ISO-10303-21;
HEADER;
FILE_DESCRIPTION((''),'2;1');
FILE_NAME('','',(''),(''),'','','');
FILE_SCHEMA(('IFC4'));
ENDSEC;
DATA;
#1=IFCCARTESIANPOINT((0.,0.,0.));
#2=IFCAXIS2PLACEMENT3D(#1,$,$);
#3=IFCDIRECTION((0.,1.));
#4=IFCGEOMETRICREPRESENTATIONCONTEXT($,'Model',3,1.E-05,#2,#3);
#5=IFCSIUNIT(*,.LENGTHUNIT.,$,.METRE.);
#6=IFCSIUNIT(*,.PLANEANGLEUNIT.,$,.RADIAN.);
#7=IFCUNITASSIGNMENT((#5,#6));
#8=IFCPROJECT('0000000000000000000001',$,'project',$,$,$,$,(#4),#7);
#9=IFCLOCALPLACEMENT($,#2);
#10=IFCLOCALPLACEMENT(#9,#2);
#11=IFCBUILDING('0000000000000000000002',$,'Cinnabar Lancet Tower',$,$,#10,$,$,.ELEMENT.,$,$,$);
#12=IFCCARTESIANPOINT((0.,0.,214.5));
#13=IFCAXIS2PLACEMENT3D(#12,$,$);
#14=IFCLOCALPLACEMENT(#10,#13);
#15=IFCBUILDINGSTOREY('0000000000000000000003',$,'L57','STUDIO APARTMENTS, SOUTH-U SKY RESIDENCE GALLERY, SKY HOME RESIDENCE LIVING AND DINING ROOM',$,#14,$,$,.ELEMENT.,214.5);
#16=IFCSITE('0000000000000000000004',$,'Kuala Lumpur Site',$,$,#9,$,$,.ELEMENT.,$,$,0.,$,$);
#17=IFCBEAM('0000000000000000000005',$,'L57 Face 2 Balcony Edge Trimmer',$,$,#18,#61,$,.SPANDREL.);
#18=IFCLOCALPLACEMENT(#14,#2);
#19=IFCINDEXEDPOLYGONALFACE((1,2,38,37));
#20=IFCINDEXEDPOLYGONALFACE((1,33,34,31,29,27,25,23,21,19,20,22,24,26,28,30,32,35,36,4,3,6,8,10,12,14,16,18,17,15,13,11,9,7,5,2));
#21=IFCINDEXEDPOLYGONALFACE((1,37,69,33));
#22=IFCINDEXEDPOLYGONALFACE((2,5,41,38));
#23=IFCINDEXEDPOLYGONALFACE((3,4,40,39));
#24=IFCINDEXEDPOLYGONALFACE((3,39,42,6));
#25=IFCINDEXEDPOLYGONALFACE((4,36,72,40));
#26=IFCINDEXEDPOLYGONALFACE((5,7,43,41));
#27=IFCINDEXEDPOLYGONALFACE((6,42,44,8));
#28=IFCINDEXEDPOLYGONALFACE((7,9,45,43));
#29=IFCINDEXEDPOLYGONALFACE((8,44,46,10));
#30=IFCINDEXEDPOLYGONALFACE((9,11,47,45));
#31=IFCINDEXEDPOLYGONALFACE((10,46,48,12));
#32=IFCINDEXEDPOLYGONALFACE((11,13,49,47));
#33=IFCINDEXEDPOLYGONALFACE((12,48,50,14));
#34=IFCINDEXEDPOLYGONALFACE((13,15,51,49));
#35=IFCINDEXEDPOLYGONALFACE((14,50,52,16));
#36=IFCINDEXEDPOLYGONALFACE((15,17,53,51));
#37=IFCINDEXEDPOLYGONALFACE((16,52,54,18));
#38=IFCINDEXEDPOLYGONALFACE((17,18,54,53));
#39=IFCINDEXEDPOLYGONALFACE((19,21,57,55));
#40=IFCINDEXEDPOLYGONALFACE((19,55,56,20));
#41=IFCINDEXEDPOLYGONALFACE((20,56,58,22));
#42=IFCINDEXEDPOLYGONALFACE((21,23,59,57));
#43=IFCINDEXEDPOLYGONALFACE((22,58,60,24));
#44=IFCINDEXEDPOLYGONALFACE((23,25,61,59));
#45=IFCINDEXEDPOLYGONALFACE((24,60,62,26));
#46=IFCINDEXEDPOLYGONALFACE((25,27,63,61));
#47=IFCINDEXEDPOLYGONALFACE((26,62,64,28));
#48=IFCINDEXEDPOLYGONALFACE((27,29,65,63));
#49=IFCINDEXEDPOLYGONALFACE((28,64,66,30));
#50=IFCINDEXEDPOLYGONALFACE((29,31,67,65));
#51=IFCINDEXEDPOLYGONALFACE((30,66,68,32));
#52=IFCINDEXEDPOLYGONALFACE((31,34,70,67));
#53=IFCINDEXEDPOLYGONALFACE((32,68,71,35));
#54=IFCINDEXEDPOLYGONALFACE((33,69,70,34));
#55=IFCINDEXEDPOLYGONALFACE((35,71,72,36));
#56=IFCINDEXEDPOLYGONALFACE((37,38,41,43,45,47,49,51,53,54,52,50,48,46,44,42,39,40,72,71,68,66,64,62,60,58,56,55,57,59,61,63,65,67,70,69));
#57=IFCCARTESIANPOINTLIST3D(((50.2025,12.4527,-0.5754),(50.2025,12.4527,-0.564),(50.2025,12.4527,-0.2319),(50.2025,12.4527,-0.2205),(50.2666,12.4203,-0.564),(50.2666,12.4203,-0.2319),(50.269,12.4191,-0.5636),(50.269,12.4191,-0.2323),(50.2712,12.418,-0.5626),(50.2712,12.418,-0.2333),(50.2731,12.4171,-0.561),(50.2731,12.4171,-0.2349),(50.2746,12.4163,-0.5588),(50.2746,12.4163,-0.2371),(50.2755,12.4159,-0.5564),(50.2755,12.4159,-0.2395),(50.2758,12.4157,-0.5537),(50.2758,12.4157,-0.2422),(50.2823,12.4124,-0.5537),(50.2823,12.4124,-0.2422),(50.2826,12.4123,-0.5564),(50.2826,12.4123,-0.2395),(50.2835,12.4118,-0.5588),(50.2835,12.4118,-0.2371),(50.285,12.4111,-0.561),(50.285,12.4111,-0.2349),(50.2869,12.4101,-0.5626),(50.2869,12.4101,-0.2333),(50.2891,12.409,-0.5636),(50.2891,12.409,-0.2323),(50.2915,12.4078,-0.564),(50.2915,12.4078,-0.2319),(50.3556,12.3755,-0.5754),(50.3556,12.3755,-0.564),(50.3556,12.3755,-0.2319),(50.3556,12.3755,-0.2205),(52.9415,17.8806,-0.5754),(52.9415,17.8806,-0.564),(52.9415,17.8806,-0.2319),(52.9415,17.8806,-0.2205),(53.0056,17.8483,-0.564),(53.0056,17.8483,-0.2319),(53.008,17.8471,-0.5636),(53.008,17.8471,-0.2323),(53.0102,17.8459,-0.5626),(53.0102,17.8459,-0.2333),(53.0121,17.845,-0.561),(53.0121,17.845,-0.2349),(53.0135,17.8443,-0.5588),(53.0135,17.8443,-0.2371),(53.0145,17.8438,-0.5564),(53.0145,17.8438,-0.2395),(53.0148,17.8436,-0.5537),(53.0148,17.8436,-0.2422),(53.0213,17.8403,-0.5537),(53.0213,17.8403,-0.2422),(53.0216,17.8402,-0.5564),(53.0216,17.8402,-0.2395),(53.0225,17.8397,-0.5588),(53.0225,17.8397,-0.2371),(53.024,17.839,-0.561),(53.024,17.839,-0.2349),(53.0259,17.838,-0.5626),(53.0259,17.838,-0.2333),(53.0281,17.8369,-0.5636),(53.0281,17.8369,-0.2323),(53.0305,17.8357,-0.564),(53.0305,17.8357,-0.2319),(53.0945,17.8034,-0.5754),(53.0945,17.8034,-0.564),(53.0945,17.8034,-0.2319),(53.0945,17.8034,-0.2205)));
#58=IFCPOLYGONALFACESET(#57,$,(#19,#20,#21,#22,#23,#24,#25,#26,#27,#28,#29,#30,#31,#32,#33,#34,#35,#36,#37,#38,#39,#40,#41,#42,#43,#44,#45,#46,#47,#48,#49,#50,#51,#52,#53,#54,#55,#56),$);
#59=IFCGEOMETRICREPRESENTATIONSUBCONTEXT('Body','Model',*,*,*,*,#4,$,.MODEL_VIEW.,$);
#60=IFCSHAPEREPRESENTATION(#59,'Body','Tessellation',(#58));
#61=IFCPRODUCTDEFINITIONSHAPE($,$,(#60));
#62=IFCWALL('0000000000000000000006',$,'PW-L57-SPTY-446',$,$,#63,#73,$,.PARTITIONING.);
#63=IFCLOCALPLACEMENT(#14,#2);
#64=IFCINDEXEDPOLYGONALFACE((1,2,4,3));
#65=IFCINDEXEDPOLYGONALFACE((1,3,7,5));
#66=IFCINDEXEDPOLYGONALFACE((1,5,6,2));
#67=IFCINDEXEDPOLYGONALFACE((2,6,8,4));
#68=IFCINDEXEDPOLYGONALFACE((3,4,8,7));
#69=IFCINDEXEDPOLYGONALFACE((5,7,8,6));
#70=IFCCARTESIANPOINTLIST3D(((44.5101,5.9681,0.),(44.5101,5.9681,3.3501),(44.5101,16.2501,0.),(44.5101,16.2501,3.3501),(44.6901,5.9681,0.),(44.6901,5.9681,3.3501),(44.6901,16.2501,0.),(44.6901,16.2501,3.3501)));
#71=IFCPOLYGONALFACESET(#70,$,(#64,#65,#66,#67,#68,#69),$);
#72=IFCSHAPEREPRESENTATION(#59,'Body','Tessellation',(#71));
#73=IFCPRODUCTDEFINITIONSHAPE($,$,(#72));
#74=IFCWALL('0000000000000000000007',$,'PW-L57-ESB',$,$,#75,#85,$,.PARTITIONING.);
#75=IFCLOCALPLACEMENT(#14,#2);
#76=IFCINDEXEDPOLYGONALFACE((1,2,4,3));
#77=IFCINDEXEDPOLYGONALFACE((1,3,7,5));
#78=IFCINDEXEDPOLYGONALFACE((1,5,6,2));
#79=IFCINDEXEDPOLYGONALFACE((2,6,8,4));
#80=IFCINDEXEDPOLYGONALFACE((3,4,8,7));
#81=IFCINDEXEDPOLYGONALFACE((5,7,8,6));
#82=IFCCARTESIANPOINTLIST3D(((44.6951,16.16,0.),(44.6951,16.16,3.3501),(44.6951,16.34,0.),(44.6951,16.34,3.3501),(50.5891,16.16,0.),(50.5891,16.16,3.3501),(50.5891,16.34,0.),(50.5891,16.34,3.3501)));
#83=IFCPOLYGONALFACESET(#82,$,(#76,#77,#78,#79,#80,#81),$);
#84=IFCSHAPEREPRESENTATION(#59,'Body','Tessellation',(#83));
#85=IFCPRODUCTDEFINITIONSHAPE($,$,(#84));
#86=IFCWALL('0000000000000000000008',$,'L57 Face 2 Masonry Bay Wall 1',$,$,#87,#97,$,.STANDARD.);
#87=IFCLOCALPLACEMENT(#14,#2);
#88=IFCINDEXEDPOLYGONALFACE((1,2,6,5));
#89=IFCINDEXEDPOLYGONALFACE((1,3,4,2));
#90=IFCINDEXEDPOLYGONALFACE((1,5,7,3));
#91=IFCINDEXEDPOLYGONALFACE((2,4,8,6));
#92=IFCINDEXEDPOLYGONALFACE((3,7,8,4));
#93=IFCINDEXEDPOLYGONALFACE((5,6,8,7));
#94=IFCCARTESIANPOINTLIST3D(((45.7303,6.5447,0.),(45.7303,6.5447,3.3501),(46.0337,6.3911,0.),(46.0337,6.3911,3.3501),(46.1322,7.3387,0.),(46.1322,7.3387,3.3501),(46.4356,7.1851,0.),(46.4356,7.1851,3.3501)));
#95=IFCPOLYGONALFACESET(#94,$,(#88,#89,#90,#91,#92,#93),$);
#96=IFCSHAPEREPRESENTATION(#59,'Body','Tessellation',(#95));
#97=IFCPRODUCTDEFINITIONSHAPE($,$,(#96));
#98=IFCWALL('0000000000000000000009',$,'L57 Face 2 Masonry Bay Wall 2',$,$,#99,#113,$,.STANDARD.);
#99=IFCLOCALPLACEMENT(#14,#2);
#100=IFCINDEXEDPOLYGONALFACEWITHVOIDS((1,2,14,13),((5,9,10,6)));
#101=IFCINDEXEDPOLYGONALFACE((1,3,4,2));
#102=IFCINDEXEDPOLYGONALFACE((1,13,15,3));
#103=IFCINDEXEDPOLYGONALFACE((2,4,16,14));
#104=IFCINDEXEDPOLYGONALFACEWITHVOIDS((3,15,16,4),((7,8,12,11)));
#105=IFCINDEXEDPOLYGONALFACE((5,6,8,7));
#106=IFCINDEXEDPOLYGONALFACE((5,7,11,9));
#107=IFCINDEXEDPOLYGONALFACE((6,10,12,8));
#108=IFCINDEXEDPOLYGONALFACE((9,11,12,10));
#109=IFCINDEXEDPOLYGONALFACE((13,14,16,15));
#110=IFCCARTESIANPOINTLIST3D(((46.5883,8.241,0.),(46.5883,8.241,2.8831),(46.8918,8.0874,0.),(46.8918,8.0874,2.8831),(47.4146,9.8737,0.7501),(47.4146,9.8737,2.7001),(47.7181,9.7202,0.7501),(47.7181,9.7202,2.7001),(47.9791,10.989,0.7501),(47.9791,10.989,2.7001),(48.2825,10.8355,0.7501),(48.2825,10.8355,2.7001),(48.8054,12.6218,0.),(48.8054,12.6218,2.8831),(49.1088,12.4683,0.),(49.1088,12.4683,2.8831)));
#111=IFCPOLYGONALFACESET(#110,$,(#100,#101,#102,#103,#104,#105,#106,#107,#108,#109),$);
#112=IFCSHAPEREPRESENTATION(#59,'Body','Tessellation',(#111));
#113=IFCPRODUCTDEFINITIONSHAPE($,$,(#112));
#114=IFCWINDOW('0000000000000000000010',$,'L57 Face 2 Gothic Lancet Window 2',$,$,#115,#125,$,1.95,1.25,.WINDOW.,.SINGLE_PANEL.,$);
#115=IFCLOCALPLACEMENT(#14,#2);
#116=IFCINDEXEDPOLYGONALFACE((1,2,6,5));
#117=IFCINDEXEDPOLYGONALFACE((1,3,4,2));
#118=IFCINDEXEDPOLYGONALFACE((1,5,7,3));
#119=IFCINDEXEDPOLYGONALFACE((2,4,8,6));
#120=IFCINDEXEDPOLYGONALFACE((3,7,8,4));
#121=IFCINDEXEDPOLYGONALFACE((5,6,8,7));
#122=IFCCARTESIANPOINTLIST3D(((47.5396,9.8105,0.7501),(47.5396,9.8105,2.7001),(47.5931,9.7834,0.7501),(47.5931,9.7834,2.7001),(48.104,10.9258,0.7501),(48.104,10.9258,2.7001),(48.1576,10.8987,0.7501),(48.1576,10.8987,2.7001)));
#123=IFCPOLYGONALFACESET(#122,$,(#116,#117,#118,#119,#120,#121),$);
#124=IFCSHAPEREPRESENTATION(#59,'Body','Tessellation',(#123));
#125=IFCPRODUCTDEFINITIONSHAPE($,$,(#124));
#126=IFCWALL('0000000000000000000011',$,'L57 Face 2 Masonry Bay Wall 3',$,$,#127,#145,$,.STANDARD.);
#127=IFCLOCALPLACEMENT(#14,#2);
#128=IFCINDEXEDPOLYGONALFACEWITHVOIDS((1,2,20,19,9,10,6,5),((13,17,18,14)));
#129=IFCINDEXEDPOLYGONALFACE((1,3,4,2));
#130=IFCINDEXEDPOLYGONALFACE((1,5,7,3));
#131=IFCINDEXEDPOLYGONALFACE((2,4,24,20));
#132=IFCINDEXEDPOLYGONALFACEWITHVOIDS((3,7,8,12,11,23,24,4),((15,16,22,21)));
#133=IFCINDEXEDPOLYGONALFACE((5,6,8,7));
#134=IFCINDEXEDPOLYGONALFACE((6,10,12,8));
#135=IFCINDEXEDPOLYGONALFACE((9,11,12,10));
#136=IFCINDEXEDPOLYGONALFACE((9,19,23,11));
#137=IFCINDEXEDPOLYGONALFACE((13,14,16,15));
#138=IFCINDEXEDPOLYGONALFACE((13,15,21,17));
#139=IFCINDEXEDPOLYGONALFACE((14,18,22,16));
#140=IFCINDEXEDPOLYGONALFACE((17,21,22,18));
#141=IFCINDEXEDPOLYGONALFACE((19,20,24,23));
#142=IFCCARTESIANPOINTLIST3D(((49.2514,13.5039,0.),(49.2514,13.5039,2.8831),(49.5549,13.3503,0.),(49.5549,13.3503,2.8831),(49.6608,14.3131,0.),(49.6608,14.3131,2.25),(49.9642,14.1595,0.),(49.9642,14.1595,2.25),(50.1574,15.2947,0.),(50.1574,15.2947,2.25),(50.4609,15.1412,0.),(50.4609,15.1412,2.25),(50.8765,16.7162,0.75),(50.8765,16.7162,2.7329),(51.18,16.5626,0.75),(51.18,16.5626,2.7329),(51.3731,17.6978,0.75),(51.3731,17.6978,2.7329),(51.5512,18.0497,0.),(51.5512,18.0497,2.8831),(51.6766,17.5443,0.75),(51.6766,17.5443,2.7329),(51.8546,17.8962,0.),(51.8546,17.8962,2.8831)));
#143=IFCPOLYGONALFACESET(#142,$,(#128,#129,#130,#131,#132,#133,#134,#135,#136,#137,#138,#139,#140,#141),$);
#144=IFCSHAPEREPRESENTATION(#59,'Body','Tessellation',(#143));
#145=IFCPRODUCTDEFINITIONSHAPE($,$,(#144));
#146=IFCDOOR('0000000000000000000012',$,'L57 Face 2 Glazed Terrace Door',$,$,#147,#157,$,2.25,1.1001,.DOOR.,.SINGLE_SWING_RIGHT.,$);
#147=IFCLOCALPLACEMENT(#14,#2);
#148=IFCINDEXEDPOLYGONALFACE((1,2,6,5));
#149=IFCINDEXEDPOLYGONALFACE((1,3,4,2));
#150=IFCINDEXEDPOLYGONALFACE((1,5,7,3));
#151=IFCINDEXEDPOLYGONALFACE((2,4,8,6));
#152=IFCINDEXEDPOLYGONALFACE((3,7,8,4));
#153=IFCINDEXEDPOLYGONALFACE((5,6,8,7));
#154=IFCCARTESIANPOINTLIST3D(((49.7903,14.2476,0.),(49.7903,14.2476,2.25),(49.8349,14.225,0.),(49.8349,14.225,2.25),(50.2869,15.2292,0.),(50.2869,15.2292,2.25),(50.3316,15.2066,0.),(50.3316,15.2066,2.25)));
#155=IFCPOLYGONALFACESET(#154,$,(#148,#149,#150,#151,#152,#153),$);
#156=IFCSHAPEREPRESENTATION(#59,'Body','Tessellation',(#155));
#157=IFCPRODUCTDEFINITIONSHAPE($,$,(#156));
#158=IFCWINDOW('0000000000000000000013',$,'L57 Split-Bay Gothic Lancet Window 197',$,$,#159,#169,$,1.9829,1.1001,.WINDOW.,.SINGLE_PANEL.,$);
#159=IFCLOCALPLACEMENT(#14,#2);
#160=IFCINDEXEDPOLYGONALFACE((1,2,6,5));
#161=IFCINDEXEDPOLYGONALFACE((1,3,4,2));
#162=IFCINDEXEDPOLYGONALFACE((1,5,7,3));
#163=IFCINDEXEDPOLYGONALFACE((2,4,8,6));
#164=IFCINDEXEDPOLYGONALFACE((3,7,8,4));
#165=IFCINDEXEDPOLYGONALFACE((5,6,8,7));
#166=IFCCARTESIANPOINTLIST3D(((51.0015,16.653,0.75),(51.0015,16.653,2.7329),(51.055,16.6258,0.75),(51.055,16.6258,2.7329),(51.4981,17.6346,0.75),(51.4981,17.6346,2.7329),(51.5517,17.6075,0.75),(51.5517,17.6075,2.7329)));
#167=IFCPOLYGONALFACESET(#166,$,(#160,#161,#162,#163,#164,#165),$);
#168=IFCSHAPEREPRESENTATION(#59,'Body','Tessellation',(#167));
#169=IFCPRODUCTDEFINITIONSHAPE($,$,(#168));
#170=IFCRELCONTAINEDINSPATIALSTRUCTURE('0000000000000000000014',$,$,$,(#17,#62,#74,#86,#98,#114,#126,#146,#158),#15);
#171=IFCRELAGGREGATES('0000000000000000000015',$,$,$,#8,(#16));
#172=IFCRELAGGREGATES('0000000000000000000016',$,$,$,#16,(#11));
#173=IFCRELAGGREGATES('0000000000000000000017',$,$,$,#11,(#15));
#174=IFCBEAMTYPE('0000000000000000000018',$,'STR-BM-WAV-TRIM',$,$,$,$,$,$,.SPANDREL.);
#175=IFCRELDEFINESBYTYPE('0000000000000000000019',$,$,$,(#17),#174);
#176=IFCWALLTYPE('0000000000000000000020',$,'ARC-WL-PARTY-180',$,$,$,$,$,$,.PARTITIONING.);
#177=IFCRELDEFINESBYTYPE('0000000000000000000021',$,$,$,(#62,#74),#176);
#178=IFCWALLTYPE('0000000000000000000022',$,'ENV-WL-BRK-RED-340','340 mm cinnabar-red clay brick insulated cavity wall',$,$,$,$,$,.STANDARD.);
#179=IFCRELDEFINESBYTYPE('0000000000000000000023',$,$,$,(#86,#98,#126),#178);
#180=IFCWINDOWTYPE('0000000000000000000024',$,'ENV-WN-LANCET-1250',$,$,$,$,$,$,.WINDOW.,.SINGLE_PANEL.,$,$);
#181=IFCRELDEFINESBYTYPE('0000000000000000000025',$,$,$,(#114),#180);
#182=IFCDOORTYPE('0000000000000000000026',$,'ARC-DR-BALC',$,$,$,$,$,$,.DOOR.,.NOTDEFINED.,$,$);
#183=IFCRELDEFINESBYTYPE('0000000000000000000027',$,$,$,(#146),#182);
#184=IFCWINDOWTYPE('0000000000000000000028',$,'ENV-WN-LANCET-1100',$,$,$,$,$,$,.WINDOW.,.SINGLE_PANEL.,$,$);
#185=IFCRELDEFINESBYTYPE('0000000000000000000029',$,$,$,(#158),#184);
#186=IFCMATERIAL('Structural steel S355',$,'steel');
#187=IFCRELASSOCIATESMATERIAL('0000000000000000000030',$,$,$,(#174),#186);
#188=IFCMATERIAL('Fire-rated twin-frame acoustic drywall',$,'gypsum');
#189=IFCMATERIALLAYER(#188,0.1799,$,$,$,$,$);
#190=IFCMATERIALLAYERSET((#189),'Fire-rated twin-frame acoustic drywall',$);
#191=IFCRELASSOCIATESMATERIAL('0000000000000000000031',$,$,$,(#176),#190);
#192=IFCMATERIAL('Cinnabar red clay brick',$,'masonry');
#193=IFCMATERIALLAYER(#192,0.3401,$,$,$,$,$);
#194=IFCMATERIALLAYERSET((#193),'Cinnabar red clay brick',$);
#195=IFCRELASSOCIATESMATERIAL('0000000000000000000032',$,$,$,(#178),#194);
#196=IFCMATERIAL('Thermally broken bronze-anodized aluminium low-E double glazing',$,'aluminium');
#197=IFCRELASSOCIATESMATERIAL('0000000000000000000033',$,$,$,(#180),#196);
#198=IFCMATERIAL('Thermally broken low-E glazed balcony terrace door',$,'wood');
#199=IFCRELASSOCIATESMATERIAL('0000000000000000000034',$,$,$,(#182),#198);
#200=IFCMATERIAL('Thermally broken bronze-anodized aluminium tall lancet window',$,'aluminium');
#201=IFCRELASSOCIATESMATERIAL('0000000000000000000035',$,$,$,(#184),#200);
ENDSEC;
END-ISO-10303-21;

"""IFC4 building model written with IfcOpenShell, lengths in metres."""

from ifc_helpers import new_model, si_unit, direction, frame, frame_2d, origin, origin_2d, place, context, subcontext, project, spatial, rectangle, i_section, extrude, material, layer, layer_set, material_profile, profile_set, type_object, element, fill, save


model = new_model("IFC4")

# Units and contexts
model_context = context("Model", 3, precision=1e-05, world=origin(), true_north=direction((0.0, 1.0)))
body_context = subcontext(model_context, "Body", "Model", "MODEL_VIEW")
ifc_project = project(units=[si_unit("LENGTHUNIT", "METRE"), si_unit("PLANEANGLEUNIT", "RADIAN")], contexts=[model_context])

# Site, building, storey
site_placement = place(None, origin())
site = spatial("IfcSite", under=ifc_project, at=site_placement, Name="Kuala Lumpur Site", CompositionType="ELEMENT", RefElevation=0.0)
building_placement = place(site_placement, origin())
building = spatial("IfcBuilding", under=site, at=building_placement, Name="Cinnabar Lancet Tower", CompositionType="ELEMENT")
storey_placement = place(building_placement, frame((0.0, 0.0, 214.5)))
storey = spatial("IfcBuildingStorey", under=building, at=storey_placement, Name="L57", Description="STUDIO APARTMENTS, SOUTH-U SKY RESIDENCE GALLERY, SKY HOME RESIDENCE LIVING AND DINING ROOM", CompositionType="ELEMENT", Elevation=214.5)

# Beam
ifc_material_1 = material(Name="Structural steel S355", Category="steel")
ifc_material_profile_1 = material_profile(ifc_material_1, i_section(OverallWidth=0.1714, OverallDepth=0.355, WebThickness=0.0073, FlangeThickness=0.0115, FilletRadius=0.0103, at=origin_2d()), Name="UKB 356x171x51")
ifc_profile_set_1 = profile_set([ifc_material_profile_1], Name="Structural steel S355")
beam_type_1 = type_object("IfcBeamType", Name="STR-BM-WAV-TRIM", PredefinedType="SPANDREL", material=ifc_profile_set_1)
beam_1_placement = place(storey_placement, frame((50.2791, 12.4141, -0.3979), z_axis=(0.450503, 0.892775, 0.0), x_axis=(-0.892775, 0.450503, 0.0)))
element("IfcBeam", 1, at=beam_1_placement, inside=storey, type_object=beam_type_1, Name="L57 Face 2 Balcony Edge Trimmer", PredefinedType="SPANDREL", context=body_context, shape_type="SweptSolid", body=[
    extrude(i_section(OverallWidth=0.1714, OverallDepth=0.355, WebThickness=0.0073, FlangeThickness=0.0115, FilletRadius=0.0103, at=origin_2d()), origin(), (0.0, 0.0, 1.0), 6.0798),
])

# Walls
ifc_material_2 = material(Name="Fire-rated twin-frame acoustic drywall", Category="gypsum")
ifc_layer_1 = layer(ifc_material_2, 0.1799)
ifc_layer_set_1 = layer_set([ifc_layer_1], Name="Fire-rated twin-frame acoustic drywall")
wall_type_1 = type_object("IfcWallType", Name="ARC-WL-PARTY-180", PredefinedType="PARTITIONING", material=ifc_layer_set_1)
wall_1_placement = place(storey_placement, frame((44.6001, 5.968, 0.0), z_axis=(0.0, 0.0, 1.0), x_axis=(0.0, 1.0, 0.0)))
element("IfcWall", 2, at=wall_1_placement, inside=storey, type_object=wall_type_1, Name="PW-L57-SPTY-446", PredefinedType="PARTITIONING", context=body_context, shape_type="SweptSolid", body=[
    extrude(rectangle(XDim=10.282, YDim=0.1799, at=frame_2d((5.1411, 0.0))), origin(), (0.0, 0.0, 1.0), 3.3501),
])
wall_2_placement = place(storey_placement, frame((44.6951, 16.25, 0.0), z_axis=(0.0, 0.0, 1.0), x_axis=(1.0, 0.0, 0.0)))
element("IfcWall", 3, at=wall_2_placement, inside=storey, type_object=wall_type_1, Name="PW-L57-ESB", PredefinedType="PARTITIONING", context=body_context, shape_type="SweptSolid", body=[
    extrude(rectangle(XDim=5.894, YDim=0.1799, at=frame_2d((2.947, 0.0))), origin(), (0.0, 0.0, 1.0), 3.3501),
])
ifc_material_3 = material(Name="Cinnabar red clay brick", Category="masonry")
ifc_layer_2 = layer(ifc_material_3, 0.3401)
ifc_layer_set_2 = layer_set([ifc_layer_2], Name="Cinnabar red clay brick")
wall_type_2 = type_object("IfcWallType", Name="ENV-WL-BRK-RED-340", Description="340 mm cinnabar-red clay brick insulated cavity wall", PredefinedType="STANDARD", material=ifc_layer_set_2)
wall_3_placement = place(storey_placement, frame((45.8821, 6.468, 0.0), z_axis=(0.0, 0.0, 1.0), x_axis=(0.451598, 0.892222, 0.0)))
element("IfcWall", 4, at=wall_3_placement, inside=storey, type_object=wall_type_2, Name="L57 Face 2 Masonry Bay Wall 1", PredefinedType="STANDARD", context=body_context, shape_type="SweptSolid", body=[
    extrude(rectangle(XDim=0.8899, YDim=0.3401, at=frame_2d((0.4448, 0.0))), origin(), (0.0, 0.0, 1.0), 3.3501),
])

# Wall, opening, window
wall_4_placement = place(storey_placement, frame((46.74, 8.1641, 0.0), z_axis=(0.0, 0.0, 1.0), x_axis=(0.451544, 0.892249, 0.0)))
wall_4 = element("IfcWall", 5, at=wall_4_placement, inside=storey, type_object=wall_type_2, Name="L57 Face 2 Masonry Bay Wall 2", PredefinedType="STANDARD", context=body_context, shape_type="SweptSolid", body=[
    extrude(rectangle(XDim=4.9099, YDim=0.3401, at=frame_2d((2.4551, 0.0))), origin(), (0.0, 0.0, 1.0), 2.8831),
])
opening_1_placement = place(wall_4_placement, frame((1.8301, 0.0, 0.75)))
opening_1 = element("IfcOpeningElement", 6, at=opening_1_placement, cuts=wall_4, PredefinedType="OPENING", context=body_context, shape_type="SweptSolid", body=[
    extrude(rectangle(XDim=1.25, YDim=1.95, at=frame_2d((0.625, 0.9751))), frame((0.0, 0.1799, 0.0), z_axis=(0.0, -1.0, 0.0), x_axis=(1.0, 0.0, 0.0)), (0.0, 0.0, 1.0), 0.3601),
])
ifc_material_4 = material(Name="Thermally broken bronze-anodized aluminium low-E double glazing", Category="aluminium")
window_type_1 = type_object("IfcWindowType", Name="ENV-WN-LANCET-1250", PartitioningType="SINGLE_PANEL", PredefinedType="WINDOW", material=ifc_material_4)
window_1_placement = place(opening_1_placement, origin())
window_1 = element("IfcWindow", 7, at=window_1_placement, inside=storey, type_object=window_type_1, Name="L57 Face 2 Gothic Lancet Window 2", OverallHeight=1.95, OverallWidth=1.25, PartitioningType="SINGLE_PANEL", PredefinedType="WINDOW", context=body_context, shape_type="SweptSolid", body=[
    extrude(rectangle(XDim=1.25, YDim=1.95, at=frame_2d((0.625, 0.9751))), frame((0.0, 0.03, 0.0), z_axis=(0.0, -1.0, 0.0), x_axis=(1.0, 0.0, 0.0)), (0.0, 0.0, 1.0), 0.0601),
])
fill(opening_1, window_1)

# Wall, openings, door, window
wall_5_placement = place(storey_placement, frame((49.4031, 13.427, 0.0), z_axis=(0.0, 0.0, 1.0), x_axis=(0.451426, 0.892309, 0.0)))
wall_5 = element("IfcWall", 8, at=wall_5_placement, inside=storey, type_object=wall_type_2, Name="L57 Face 2 Masonry Bay Wall 3", PredefinedType="STANDARD", context=body_context, shape_type="SweptSolid", body=[
    extrude(rectangle(XDim=5.0945, YDim=0.3401, at=frame_2d((2.5474, 0.0))), origin(), (0.0, 0.0, 1.0), 2.8831),
])
opening_2_placement = place(wall_5_placement, frame((0.907, 0.0, 0.0)))
opening_2 = element("IfcOpeningElement", 9, at=opening_2_placement, cuts=wall_5, PredefinedType="OPENING", context=body_context, shape_type="SweptSolid", body=[
    extrude(rectangle(XDim=1.1001, YDim=2.25, at=frame_2d((0.55, 1.125))), frame((0.0, 0.1799, 0.0), z_axis=(0.0, -1.0, 0.0), x_axis=(1.0, 0.0, 0.0)), (0.0, 0.0, 1.0), 0.3601),
])
opening_3_placement = place(wall_5_placement, frame((3.6001, 0.0, 0.75)))
opening_3 = element("IfcOpeningElement", 10, at=opening_3_placement, cuts=wall_5, PredefinedType="OPENING", context=body_context, shape_type="SweptSolid", body=[
    extrude(rectangle(XDim=1.1001, YDim=1.9829, at=frame_2d((0.55, 0.9915))), frame((0.0, 0.1799, 0.0), z_axis=(0.0, -1.0, 0.0), x_axis=(1.0, 0.0, 0.0)), (0.0, 0.0, 1.0), 0.3601),
])
ifc_material_5 = material(Name="Thermally broken low-E glazed balcony terrace door", Category="wood")
door_type = type_object("IfcDoorType", Name="ARC-DR-BALC", OperationType="NOTDEFINED", PredefinedType="DOOR", material=ifc_material_5)
door_placement = place(opening_2_placement, origin())
door = element("IfcDoor", 11, at=door_placement, inside=storey, type_object=door_type, Name="L57 Face 2 Glazed Terrace Door", OperationType="SINGLE_SWING_RIGHT", OverallHeight=2.25, OverallWidth=1.1001, PredefinedType="DOOR", context=body_context, shape_type="SweptSolid", body=[
    extrude(rectangle(XDim=1.1001, YDim=2.25, at=frame_2d((0.55, 1.125))), frame((0.0, 0.0249, 0.0), z_axis=(0.0, -1.0, 0.0), x_axis=(1.0, 0.0, 0.0)), (0.0, 0.0, 1.0), 0.05),
])
fill(opening_2, door)
ifc_material_6 = material(Name="Thermally broken bronze-anodized aluminium tall lancet window", Category="aluminium")
window_type_2 = type_object("IfcWindowType", Name="ENV-WN-LANCET-1100", PartitioningType="SINGLE_PANEL", PredefinedType="WINDOW", material=ifc_material_6)
window_2_placement = place(opening_3_placement, origin())
window_2 = element("IfcWindow", 12, at=window_2_placement, inside=storey, type_object=window_type_2, Name="L57 Split-Bay Gothic Lancet Window 197", OverallHeight=1.9829, OverallWidth=1.1001, PartitioningType="SINGLE_PANEL", PredefinedType="WINDOW", context=body_context, shape_type="SweptSolid", body=[
    extrude(rectangle(XDim=1.1001, YDim=1.9829, at=frame_2d((0.55, 0.9915))), frame((0.0, 0.03, 0.0), z_axis=(0.0, -1.0, 0.0), x_axis=(1.0, 0.0, 0.0)), (0.0, 0.0, 1.0), 0.0601),
])
fill(opening_3, window_2)

save(model, "model.ifc")
